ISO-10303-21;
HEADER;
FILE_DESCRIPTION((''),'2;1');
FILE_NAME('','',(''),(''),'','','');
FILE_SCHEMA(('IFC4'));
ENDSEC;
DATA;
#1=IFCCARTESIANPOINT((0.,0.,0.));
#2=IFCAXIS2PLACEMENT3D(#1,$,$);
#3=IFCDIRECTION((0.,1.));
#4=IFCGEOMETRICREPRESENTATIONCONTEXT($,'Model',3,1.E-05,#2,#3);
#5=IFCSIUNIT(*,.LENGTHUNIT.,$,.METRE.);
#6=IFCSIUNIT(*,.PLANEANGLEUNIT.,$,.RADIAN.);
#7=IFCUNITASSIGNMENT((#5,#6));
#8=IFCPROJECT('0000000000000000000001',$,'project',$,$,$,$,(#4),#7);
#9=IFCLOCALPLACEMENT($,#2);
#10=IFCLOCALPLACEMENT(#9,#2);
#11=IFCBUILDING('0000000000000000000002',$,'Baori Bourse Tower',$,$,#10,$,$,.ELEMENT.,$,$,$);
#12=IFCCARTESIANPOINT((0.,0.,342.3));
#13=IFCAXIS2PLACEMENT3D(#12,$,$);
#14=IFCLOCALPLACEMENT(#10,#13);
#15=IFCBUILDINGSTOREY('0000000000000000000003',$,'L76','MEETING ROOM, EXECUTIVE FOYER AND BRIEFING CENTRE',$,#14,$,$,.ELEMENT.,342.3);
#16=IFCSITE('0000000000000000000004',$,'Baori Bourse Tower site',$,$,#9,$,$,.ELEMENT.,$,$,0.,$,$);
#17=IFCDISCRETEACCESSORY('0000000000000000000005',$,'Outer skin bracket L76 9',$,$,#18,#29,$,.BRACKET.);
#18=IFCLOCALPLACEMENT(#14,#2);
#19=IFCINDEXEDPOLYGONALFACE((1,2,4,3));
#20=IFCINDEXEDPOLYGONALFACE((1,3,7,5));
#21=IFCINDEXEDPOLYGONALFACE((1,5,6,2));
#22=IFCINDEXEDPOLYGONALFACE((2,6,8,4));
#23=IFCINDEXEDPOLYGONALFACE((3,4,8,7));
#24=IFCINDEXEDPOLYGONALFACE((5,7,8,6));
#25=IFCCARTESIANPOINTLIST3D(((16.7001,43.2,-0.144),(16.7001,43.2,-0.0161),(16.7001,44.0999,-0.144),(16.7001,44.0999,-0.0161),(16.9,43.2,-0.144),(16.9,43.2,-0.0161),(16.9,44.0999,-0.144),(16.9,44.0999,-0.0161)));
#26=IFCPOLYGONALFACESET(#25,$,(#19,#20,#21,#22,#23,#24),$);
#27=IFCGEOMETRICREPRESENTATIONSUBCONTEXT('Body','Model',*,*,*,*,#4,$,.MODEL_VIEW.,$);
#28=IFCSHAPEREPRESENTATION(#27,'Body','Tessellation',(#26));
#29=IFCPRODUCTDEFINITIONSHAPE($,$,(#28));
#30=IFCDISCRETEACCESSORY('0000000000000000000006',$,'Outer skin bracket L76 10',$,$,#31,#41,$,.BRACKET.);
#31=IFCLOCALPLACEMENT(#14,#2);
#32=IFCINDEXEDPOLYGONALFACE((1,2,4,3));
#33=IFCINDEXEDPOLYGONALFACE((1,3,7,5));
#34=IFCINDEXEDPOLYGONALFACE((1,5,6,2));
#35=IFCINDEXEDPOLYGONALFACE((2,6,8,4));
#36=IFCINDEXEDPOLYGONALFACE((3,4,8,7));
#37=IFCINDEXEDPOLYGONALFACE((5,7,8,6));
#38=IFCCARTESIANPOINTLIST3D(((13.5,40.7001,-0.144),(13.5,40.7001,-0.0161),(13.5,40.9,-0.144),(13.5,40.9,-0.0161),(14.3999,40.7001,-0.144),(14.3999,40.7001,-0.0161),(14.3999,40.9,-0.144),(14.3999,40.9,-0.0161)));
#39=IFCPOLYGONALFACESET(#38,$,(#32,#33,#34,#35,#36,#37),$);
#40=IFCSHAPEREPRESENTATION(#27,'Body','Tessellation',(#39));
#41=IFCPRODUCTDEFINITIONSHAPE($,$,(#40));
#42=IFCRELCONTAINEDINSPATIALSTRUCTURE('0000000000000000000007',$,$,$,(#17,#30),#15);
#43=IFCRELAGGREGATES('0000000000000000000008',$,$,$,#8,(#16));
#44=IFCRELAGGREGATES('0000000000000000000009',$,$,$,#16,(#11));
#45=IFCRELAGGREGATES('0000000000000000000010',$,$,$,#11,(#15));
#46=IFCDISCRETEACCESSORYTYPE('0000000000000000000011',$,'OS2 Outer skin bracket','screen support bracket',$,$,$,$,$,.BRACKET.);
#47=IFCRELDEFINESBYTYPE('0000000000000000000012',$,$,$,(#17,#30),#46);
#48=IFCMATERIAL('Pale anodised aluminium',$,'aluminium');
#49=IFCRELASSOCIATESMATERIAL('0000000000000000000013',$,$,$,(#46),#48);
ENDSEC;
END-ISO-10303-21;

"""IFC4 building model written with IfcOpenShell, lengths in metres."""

from ifc_helpers import new_model, si_unit, direction, frame, origin, origin_2d, place, context, subcontext, project, spatial, rectangle, extrude, material, type_object, element, save


model = new_model("IFC4")

# Units and contexts
model_context = context("Model", 3, precision=1e-05, world=origin(), true_north=direction((0.0, 1.0)))
body_context = subcontext(model_context, "Body", "Model", "MODEL_VIEW")
ifc_project = project(units=[si_unit("LENGTHUNIT", "METRE"), si_unit("PLANEANGLEUNIT", "RADIAN")], contexts=[model_context])

# Site, building, storey
site_placement = place(None, origin())
site = spatial("IfcSite", under=ifc_project, at=site_placement, Name="Baori Bourse Tower site", CompositionType="ELEMENT", RefElevation=0.0)
building_placement = place(site_placement, origin())
building = spatial("IfcBuilding", under=site, at=building_placement, Name="Baori Bourse Tower", CompositionType="ELEMENT")
storey_placement = place(building_placement, frame((0.0, 0.0, 342.3)))
storey = spatial("IfcBuildingStorey", under=building, at=storey_placement, Name="L76", Description="MEETING ROOM, EXECUTIVE FOYER AND BRIEFING CENTRE", CompositionType="ELEMENT", Elevation=342.3)

# Discrete accessories
ifc_material_1 = material(Name="Pale anodised aluminium", Category="aluminium")
discrete_accessory_type = type_object("IfcDiscreteAccessoryType", Name="OS2 Outer skin bracket", Description="screen support bracket", PredefinedType="BRACKET", material=ifc_material_1)
for number, where, z_axis, x_axis, name in (
    (1, (16.8, 43.6499, -0.144), (0.0, 0.0, 1.0), (-1.0, 0.0, 0.0), "Outer skin bracket L76 9"),
    (2, (13.95, 40.8, -0.144), (0.0, 0.0, 1.0), (0.0, -1.0, 0.0), "Outer skin bracket L76 10"),
):
    element("IfcDiscreteAccessory", number, at=place(storey_placement, frame(where, z_axis=z_axis, x_axis=x_axis)), inside=storey, type_object=discrete_accessory_type, Name=name, PredefinedType="BRACKET", context=body_context, shape_type="SweptSolid", body=[
        extrude(rectangle(XDim=0.2, YDim=0.8999, at=origin_2d()), origin(), (0.0, 0.0, 1.0), 0.1279),
    ])

save(model, "model.ifc")
